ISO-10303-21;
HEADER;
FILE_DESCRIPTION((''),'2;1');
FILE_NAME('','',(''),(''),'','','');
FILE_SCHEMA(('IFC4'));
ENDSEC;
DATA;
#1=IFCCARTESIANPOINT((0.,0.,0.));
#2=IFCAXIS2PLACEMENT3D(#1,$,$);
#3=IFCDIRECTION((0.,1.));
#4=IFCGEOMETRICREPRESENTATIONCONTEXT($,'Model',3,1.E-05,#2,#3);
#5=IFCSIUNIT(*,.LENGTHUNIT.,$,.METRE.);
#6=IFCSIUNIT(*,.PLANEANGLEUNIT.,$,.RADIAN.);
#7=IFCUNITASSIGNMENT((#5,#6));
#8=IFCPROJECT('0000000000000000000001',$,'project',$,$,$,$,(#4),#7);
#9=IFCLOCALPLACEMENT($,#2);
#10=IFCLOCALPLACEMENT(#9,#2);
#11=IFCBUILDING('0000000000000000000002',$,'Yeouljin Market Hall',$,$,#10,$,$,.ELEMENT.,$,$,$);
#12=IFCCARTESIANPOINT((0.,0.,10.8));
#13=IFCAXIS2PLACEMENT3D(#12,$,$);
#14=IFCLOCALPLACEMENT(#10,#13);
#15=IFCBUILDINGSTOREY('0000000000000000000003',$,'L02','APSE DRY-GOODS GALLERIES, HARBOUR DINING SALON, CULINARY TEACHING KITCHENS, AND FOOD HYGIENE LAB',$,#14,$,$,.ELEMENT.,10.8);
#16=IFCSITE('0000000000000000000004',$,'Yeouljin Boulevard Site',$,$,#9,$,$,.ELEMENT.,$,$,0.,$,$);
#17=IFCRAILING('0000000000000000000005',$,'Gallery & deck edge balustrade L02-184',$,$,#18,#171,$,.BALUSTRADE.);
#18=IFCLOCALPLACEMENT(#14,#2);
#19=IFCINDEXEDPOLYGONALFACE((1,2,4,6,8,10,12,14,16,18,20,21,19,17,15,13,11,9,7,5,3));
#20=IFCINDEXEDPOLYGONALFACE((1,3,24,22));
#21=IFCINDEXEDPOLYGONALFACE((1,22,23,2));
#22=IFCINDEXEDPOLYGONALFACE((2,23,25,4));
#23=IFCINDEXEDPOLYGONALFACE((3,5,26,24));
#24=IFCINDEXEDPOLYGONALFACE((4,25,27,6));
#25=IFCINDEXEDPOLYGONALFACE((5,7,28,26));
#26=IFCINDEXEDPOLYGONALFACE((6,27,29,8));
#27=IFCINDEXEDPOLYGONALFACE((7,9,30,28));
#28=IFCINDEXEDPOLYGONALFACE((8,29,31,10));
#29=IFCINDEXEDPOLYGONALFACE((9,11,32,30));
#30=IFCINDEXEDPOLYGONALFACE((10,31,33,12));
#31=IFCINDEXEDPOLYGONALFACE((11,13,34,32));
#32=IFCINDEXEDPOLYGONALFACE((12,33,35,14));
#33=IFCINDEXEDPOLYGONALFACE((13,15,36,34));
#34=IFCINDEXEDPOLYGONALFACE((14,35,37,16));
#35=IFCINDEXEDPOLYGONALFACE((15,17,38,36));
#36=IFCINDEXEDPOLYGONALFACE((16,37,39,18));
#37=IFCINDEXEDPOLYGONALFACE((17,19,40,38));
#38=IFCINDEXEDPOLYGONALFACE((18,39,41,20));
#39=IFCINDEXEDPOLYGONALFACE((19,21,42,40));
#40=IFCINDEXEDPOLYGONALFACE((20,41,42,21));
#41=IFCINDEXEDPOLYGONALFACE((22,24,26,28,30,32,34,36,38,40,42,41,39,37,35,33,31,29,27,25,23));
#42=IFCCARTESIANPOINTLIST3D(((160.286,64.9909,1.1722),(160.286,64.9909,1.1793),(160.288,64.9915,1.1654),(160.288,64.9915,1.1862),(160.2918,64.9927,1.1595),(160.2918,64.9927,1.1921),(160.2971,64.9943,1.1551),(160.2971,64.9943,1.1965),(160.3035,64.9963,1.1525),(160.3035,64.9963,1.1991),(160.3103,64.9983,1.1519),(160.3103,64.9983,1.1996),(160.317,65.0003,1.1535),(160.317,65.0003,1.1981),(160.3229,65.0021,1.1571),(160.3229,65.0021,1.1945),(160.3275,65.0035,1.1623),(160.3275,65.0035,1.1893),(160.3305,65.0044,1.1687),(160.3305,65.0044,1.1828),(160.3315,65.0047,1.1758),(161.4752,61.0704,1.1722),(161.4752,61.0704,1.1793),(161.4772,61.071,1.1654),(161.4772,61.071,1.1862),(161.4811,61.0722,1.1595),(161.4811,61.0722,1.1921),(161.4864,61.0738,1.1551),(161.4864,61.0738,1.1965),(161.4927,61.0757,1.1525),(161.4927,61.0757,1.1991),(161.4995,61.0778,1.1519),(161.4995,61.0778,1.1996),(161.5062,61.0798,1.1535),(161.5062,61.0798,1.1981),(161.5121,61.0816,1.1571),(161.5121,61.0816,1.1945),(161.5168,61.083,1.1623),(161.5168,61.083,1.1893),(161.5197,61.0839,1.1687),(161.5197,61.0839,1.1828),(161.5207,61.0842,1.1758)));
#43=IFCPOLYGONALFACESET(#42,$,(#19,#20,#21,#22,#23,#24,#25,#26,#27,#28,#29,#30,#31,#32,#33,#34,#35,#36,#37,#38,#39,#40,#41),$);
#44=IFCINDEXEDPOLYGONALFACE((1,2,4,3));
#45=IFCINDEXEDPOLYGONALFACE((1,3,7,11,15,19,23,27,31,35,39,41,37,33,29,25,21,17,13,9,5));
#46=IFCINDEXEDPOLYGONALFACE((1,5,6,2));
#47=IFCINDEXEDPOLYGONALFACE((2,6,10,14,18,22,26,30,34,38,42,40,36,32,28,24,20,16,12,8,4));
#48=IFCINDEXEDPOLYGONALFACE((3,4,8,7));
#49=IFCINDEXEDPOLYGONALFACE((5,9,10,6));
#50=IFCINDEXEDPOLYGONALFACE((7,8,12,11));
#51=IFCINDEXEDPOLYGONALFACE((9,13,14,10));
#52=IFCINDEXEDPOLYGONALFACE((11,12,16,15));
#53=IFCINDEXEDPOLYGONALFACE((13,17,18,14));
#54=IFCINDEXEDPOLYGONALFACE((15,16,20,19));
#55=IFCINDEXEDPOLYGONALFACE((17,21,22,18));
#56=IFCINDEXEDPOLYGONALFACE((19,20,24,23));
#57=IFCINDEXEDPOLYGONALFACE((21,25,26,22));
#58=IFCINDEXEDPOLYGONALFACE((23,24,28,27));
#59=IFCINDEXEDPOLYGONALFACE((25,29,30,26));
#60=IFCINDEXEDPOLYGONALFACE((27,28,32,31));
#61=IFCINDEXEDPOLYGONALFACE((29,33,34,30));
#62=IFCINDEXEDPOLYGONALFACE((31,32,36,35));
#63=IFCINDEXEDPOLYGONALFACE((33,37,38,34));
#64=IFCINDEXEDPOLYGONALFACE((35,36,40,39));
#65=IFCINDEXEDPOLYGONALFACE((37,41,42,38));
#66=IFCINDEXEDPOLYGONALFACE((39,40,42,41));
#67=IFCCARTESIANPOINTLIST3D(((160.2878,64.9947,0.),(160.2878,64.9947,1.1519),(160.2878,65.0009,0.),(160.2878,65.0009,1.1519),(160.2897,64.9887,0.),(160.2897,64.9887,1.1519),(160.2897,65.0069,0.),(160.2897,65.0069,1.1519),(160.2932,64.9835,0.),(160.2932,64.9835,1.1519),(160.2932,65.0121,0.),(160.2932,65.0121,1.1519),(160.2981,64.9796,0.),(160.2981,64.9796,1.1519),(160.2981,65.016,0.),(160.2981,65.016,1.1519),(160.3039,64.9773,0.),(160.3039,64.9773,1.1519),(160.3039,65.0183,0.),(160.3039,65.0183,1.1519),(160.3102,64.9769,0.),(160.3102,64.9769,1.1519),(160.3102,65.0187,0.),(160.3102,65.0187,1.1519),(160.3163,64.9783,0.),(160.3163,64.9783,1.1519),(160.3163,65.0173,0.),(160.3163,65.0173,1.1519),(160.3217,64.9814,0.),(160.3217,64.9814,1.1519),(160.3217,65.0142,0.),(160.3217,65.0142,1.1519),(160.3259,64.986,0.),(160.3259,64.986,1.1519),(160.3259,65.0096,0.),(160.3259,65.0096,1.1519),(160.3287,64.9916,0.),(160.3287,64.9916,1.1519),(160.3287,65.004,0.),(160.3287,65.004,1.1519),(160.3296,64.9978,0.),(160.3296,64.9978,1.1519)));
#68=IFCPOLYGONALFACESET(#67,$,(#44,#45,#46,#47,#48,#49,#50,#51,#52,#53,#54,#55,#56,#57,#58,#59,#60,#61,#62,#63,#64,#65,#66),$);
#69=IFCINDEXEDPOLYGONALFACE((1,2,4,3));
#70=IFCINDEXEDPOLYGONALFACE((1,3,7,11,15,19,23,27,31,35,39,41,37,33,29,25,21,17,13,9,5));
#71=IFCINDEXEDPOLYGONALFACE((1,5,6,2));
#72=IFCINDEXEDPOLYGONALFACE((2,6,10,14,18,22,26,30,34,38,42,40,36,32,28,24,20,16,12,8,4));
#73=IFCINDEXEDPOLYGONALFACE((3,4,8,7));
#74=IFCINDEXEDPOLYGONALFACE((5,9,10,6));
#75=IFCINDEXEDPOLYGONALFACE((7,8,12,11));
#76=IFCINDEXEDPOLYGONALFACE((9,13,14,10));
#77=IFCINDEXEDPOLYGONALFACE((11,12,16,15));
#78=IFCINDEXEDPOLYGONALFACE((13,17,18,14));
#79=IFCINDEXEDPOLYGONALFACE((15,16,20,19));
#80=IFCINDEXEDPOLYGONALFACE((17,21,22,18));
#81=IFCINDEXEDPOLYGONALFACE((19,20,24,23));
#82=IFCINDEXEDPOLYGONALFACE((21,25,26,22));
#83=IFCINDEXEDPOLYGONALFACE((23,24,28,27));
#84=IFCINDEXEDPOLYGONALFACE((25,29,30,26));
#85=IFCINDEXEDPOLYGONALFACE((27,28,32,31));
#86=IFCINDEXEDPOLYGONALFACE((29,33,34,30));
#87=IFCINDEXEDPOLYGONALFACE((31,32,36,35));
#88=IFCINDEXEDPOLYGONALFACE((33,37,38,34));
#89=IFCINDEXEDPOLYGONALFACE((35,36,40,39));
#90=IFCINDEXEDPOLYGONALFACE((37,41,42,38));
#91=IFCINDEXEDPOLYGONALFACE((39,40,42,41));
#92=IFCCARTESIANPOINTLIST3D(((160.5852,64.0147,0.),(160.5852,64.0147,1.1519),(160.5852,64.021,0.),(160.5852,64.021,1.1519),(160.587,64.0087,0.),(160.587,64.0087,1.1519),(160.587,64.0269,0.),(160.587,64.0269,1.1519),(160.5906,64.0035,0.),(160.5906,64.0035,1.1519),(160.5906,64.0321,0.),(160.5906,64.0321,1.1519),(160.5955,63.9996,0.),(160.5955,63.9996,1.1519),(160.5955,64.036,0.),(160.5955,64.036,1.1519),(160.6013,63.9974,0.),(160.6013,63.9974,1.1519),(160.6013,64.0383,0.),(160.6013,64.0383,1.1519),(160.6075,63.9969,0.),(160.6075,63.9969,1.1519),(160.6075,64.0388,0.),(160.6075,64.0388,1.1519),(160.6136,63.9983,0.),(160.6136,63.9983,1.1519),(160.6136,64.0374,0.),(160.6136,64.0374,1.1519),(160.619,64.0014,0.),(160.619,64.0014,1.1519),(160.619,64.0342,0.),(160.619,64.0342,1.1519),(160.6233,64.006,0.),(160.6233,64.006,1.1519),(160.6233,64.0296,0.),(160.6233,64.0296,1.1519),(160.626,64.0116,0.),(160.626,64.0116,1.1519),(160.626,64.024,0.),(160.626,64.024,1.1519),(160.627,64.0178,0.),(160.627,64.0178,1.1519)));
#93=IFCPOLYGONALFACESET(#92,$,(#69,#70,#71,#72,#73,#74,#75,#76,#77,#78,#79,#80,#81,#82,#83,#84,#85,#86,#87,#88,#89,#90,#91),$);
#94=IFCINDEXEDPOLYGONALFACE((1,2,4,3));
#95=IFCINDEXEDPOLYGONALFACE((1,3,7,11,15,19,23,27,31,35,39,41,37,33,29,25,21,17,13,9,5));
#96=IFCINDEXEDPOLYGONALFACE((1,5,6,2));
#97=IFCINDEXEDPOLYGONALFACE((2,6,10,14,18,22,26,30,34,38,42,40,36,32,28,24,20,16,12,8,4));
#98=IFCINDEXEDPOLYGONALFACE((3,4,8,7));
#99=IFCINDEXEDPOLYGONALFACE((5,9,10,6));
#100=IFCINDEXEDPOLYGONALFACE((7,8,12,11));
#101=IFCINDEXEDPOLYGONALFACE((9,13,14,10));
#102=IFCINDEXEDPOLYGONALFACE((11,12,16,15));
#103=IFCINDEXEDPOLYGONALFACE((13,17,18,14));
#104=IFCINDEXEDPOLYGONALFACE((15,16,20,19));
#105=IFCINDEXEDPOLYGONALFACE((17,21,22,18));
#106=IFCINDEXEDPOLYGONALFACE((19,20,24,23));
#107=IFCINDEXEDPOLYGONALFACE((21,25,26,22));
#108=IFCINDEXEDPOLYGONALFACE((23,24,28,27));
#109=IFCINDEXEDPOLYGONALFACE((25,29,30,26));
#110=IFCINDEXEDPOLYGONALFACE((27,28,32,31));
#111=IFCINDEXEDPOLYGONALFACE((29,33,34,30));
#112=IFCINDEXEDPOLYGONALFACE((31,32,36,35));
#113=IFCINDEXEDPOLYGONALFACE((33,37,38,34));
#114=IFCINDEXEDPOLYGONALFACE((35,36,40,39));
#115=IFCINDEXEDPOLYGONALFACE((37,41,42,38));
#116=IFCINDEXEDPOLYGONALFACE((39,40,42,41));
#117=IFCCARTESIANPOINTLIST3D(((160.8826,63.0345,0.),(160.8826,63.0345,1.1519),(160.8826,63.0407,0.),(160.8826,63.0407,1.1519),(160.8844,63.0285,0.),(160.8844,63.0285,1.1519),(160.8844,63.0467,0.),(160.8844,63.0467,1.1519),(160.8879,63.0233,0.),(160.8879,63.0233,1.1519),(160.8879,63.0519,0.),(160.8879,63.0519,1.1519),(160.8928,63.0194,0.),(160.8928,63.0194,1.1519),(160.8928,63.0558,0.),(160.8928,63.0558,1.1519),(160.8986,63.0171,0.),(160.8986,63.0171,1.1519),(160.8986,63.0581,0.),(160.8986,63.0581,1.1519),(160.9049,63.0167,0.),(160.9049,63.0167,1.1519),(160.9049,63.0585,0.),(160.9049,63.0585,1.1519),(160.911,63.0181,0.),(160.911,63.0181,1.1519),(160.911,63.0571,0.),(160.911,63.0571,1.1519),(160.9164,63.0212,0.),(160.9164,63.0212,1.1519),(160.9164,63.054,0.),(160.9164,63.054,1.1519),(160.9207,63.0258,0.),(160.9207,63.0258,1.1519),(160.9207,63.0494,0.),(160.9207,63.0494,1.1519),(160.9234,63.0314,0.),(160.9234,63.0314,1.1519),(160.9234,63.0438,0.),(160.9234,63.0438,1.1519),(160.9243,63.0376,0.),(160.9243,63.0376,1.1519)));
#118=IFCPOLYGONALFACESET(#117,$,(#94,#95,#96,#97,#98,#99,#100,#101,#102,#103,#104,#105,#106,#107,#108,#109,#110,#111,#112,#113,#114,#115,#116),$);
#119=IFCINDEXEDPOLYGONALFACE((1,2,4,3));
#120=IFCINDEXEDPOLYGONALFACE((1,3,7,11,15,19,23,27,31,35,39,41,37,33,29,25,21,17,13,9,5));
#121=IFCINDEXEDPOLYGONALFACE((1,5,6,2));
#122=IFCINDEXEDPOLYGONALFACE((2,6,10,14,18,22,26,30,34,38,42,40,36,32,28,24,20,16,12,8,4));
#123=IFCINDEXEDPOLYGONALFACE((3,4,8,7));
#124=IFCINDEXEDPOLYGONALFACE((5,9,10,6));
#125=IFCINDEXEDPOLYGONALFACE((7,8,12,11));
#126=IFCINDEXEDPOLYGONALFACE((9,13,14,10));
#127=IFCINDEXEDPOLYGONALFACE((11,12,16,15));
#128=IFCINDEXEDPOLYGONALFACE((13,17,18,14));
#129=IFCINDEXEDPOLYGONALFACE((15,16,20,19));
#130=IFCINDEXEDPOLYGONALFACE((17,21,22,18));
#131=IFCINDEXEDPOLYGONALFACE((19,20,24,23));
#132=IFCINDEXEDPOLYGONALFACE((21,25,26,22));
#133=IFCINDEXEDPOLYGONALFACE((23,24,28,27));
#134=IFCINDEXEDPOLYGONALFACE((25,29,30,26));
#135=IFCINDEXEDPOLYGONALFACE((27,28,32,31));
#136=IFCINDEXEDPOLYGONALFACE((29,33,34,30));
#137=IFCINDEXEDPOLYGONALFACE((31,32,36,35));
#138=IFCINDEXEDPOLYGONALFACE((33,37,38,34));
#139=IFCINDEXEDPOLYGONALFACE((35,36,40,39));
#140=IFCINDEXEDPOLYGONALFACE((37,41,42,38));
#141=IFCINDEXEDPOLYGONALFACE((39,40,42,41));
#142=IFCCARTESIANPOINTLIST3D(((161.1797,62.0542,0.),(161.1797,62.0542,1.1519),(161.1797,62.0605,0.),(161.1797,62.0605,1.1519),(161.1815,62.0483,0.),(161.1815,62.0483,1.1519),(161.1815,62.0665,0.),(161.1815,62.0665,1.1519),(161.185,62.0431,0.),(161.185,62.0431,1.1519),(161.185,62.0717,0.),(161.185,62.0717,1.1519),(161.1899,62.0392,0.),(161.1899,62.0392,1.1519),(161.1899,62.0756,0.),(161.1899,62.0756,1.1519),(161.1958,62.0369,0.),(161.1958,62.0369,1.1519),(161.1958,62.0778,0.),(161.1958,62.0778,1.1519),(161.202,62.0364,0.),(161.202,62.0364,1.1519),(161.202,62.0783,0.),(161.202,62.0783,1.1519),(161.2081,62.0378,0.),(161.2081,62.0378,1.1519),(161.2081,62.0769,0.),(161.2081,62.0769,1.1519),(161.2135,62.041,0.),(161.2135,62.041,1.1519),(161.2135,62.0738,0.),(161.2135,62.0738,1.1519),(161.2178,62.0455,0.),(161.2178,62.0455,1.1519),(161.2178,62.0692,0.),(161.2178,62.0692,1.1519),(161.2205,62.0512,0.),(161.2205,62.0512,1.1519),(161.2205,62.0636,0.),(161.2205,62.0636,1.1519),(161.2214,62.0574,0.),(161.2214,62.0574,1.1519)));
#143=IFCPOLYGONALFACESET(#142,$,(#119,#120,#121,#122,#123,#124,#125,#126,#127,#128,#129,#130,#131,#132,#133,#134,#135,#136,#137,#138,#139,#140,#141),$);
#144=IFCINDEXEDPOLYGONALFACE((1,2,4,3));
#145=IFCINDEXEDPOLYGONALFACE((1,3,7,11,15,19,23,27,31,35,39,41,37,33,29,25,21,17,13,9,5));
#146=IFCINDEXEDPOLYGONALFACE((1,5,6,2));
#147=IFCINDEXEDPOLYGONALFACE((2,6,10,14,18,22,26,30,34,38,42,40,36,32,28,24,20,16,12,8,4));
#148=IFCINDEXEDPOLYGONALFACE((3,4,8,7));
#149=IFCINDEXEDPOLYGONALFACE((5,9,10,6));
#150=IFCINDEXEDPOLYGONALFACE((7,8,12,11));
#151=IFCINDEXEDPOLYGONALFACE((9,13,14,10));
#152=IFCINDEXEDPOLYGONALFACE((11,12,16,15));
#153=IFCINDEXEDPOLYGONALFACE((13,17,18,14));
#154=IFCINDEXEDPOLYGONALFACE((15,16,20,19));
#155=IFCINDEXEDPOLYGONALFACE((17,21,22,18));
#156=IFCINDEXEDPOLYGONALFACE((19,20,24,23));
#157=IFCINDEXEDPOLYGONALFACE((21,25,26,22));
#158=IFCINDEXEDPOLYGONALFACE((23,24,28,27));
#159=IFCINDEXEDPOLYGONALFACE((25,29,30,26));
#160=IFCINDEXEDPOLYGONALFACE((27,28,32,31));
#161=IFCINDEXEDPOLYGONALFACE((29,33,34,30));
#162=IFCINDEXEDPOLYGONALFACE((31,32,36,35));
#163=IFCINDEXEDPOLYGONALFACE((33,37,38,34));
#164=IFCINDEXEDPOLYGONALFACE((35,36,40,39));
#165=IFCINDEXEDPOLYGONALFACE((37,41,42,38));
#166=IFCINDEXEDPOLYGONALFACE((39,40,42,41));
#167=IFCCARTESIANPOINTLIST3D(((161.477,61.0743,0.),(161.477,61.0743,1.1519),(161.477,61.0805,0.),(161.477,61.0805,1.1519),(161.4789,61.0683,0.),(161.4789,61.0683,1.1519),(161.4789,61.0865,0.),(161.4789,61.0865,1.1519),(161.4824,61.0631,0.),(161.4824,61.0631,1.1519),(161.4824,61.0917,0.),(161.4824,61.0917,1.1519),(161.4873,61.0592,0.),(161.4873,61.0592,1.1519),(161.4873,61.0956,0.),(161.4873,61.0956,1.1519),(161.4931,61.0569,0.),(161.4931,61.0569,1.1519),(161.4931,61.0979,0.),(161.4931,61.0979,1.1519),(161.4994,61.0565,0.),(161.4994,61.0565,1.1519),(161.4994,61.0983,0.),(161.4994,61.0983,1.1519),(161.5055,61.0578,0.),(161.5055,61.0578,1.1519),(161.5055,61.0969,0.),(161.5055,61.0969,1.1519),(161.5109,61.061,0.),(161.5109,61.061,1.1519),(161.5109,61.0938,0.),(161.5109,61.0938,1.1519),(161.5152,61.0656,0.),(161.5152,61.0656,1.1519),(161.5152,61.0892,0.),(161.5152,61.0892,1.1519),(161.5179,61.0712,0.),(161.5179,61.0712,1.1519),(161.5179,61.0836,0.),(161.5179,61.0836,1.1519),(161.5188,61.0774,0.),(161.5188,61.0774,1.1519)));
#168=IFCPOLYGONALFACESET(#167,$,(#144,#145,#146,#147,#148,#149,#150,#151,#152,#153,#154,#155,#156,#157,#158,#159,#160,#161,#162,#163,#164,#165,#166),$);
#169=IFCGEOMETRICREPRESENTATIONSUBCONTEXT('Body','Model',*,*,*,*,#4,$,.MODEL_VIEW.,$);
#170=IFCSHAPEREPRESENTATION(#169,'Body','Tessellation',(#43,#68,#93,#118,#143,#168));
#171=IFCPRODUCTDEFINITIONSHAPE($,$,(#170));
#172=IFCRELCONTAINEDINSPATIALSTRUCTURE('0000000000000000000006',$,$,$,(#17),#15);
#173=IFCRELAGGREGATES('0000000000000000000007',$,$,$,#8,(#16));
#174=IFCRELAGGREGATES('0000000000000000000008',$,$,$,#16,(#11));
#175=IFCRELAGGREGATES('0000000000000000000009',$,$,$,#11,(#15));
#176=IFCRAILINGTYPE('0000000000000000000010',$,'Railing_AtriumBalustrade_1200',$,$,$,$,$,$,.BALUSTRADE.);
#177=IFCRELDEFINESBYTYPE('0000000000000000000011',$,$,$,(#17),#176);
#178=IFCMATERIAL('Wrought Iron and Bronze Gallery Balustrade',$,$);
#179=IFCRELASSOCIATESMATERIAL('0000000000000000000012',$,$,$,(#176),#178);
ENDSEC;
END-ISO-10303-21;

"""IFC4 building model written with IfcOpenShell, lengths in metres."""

from ifc_helpers import new_model, si_unit, direction, frame, origin, origin_2d, place, context, subcontext, project, spatial, circle, extrude, material, type_object, element, save


model = new_model("IFC4")

# Units and contexts
model_context = context("Model", 3, precision=1e-05, world=origin(), true_north=direction((0.0, 1.0)))
body_context = subcontext(model_context, "Body", "Model", "MODEL_VIEW")
ifc_project = project(units=[si_unit("LENGTHUNIT", "METRE"), si_unit("PLANEANGLEUNIT", "RADIAN")], contexts=[model_context])

# Site, building, storey
site_placement = place(None, origin())
site = spatial("IfcSite", under=ifc_project, at=site_placement, Name="Yeouljin Boulevard Site", CompositionType="ELEMENT", RefElevation=0.0)
building_placement = place(site_placement, origin())
building = spatial("IfcBuilding", under=site, at=building_placement, Name="Yeouljin Market Hall", CompositionType="ELEMENT")
storey_placement = place(building_placement, frame((0.0, 0.0, 10.8)))
storey = spatial("IfcBuildingStorey", under=building, at=storey_placement, Name="L02", Description="APSE DRY-GOODS GALLERIES, HARBOUR DINING SALON, CULINARY TEACHING KITCHENS, AND FOOD HYGIENE LAB", CompositionType="ELEMENT", Elevation=10.8)

# Railing
ifc_material_1 = material(Name="Wrought Iron and Bronze Gallery Balustrade")
railing_type = type_object("IfcRailingType", Name="Railing_AtriumBalustrade_1200", PredefinedType="BALUSTRADE", material=ifc_material_1)
railing_1_placement = place(storey_placement, frame((160.3086, 64.9978, 0.0)))
element("IfcRailing", 1, at=railing_1_placement, inside=storey, type_object=railing_type, Name="Gallery & deck edge balustrade L02-184", PredefinedType="BALUSTRADE", context=body_context, shape_type="SweptSolid", body=[
    extrude(circle(Radius=0.0239, at=origin_2d()), frame((0.0, 0.0, 1.1758), z_axis=(0.290277, -0.956943, 0.0), x_axis=(0.956943, 0.290277, 0.0)), (0.0, 0.0, 1.0), 4.0969),
    extrude(circle(Radius=0.021, at=origin_2d()), origin(), (0.0, 0.0, 1.0), 1.1519),
    extrude(circle(Radius=0.021, at=origin_2d()), frame((0.2974, -0.98, 0.0)), (0.0, 0.0, 1.0), 1.1519),
    extrude(circle(Radius=0.021, at=origin_2d()), frame((0.5947, -1.9602, 0.0)), (0.0, 0.0, 1.0), 1.1519),
    extrude(circle(Radius=0.021, at=origin_2d()), frame((0.8918, -2.9404, 0.0)), (0.0, 0.0, 1.0), 1.1519),
    extrude(circle(Radius=0.021, at=origin_2d()), frame((1.1892, -3.9204, 0.0)), (0.0, 0.0, 1.0), 1.1519),
])

save(model, "model.ifc")
